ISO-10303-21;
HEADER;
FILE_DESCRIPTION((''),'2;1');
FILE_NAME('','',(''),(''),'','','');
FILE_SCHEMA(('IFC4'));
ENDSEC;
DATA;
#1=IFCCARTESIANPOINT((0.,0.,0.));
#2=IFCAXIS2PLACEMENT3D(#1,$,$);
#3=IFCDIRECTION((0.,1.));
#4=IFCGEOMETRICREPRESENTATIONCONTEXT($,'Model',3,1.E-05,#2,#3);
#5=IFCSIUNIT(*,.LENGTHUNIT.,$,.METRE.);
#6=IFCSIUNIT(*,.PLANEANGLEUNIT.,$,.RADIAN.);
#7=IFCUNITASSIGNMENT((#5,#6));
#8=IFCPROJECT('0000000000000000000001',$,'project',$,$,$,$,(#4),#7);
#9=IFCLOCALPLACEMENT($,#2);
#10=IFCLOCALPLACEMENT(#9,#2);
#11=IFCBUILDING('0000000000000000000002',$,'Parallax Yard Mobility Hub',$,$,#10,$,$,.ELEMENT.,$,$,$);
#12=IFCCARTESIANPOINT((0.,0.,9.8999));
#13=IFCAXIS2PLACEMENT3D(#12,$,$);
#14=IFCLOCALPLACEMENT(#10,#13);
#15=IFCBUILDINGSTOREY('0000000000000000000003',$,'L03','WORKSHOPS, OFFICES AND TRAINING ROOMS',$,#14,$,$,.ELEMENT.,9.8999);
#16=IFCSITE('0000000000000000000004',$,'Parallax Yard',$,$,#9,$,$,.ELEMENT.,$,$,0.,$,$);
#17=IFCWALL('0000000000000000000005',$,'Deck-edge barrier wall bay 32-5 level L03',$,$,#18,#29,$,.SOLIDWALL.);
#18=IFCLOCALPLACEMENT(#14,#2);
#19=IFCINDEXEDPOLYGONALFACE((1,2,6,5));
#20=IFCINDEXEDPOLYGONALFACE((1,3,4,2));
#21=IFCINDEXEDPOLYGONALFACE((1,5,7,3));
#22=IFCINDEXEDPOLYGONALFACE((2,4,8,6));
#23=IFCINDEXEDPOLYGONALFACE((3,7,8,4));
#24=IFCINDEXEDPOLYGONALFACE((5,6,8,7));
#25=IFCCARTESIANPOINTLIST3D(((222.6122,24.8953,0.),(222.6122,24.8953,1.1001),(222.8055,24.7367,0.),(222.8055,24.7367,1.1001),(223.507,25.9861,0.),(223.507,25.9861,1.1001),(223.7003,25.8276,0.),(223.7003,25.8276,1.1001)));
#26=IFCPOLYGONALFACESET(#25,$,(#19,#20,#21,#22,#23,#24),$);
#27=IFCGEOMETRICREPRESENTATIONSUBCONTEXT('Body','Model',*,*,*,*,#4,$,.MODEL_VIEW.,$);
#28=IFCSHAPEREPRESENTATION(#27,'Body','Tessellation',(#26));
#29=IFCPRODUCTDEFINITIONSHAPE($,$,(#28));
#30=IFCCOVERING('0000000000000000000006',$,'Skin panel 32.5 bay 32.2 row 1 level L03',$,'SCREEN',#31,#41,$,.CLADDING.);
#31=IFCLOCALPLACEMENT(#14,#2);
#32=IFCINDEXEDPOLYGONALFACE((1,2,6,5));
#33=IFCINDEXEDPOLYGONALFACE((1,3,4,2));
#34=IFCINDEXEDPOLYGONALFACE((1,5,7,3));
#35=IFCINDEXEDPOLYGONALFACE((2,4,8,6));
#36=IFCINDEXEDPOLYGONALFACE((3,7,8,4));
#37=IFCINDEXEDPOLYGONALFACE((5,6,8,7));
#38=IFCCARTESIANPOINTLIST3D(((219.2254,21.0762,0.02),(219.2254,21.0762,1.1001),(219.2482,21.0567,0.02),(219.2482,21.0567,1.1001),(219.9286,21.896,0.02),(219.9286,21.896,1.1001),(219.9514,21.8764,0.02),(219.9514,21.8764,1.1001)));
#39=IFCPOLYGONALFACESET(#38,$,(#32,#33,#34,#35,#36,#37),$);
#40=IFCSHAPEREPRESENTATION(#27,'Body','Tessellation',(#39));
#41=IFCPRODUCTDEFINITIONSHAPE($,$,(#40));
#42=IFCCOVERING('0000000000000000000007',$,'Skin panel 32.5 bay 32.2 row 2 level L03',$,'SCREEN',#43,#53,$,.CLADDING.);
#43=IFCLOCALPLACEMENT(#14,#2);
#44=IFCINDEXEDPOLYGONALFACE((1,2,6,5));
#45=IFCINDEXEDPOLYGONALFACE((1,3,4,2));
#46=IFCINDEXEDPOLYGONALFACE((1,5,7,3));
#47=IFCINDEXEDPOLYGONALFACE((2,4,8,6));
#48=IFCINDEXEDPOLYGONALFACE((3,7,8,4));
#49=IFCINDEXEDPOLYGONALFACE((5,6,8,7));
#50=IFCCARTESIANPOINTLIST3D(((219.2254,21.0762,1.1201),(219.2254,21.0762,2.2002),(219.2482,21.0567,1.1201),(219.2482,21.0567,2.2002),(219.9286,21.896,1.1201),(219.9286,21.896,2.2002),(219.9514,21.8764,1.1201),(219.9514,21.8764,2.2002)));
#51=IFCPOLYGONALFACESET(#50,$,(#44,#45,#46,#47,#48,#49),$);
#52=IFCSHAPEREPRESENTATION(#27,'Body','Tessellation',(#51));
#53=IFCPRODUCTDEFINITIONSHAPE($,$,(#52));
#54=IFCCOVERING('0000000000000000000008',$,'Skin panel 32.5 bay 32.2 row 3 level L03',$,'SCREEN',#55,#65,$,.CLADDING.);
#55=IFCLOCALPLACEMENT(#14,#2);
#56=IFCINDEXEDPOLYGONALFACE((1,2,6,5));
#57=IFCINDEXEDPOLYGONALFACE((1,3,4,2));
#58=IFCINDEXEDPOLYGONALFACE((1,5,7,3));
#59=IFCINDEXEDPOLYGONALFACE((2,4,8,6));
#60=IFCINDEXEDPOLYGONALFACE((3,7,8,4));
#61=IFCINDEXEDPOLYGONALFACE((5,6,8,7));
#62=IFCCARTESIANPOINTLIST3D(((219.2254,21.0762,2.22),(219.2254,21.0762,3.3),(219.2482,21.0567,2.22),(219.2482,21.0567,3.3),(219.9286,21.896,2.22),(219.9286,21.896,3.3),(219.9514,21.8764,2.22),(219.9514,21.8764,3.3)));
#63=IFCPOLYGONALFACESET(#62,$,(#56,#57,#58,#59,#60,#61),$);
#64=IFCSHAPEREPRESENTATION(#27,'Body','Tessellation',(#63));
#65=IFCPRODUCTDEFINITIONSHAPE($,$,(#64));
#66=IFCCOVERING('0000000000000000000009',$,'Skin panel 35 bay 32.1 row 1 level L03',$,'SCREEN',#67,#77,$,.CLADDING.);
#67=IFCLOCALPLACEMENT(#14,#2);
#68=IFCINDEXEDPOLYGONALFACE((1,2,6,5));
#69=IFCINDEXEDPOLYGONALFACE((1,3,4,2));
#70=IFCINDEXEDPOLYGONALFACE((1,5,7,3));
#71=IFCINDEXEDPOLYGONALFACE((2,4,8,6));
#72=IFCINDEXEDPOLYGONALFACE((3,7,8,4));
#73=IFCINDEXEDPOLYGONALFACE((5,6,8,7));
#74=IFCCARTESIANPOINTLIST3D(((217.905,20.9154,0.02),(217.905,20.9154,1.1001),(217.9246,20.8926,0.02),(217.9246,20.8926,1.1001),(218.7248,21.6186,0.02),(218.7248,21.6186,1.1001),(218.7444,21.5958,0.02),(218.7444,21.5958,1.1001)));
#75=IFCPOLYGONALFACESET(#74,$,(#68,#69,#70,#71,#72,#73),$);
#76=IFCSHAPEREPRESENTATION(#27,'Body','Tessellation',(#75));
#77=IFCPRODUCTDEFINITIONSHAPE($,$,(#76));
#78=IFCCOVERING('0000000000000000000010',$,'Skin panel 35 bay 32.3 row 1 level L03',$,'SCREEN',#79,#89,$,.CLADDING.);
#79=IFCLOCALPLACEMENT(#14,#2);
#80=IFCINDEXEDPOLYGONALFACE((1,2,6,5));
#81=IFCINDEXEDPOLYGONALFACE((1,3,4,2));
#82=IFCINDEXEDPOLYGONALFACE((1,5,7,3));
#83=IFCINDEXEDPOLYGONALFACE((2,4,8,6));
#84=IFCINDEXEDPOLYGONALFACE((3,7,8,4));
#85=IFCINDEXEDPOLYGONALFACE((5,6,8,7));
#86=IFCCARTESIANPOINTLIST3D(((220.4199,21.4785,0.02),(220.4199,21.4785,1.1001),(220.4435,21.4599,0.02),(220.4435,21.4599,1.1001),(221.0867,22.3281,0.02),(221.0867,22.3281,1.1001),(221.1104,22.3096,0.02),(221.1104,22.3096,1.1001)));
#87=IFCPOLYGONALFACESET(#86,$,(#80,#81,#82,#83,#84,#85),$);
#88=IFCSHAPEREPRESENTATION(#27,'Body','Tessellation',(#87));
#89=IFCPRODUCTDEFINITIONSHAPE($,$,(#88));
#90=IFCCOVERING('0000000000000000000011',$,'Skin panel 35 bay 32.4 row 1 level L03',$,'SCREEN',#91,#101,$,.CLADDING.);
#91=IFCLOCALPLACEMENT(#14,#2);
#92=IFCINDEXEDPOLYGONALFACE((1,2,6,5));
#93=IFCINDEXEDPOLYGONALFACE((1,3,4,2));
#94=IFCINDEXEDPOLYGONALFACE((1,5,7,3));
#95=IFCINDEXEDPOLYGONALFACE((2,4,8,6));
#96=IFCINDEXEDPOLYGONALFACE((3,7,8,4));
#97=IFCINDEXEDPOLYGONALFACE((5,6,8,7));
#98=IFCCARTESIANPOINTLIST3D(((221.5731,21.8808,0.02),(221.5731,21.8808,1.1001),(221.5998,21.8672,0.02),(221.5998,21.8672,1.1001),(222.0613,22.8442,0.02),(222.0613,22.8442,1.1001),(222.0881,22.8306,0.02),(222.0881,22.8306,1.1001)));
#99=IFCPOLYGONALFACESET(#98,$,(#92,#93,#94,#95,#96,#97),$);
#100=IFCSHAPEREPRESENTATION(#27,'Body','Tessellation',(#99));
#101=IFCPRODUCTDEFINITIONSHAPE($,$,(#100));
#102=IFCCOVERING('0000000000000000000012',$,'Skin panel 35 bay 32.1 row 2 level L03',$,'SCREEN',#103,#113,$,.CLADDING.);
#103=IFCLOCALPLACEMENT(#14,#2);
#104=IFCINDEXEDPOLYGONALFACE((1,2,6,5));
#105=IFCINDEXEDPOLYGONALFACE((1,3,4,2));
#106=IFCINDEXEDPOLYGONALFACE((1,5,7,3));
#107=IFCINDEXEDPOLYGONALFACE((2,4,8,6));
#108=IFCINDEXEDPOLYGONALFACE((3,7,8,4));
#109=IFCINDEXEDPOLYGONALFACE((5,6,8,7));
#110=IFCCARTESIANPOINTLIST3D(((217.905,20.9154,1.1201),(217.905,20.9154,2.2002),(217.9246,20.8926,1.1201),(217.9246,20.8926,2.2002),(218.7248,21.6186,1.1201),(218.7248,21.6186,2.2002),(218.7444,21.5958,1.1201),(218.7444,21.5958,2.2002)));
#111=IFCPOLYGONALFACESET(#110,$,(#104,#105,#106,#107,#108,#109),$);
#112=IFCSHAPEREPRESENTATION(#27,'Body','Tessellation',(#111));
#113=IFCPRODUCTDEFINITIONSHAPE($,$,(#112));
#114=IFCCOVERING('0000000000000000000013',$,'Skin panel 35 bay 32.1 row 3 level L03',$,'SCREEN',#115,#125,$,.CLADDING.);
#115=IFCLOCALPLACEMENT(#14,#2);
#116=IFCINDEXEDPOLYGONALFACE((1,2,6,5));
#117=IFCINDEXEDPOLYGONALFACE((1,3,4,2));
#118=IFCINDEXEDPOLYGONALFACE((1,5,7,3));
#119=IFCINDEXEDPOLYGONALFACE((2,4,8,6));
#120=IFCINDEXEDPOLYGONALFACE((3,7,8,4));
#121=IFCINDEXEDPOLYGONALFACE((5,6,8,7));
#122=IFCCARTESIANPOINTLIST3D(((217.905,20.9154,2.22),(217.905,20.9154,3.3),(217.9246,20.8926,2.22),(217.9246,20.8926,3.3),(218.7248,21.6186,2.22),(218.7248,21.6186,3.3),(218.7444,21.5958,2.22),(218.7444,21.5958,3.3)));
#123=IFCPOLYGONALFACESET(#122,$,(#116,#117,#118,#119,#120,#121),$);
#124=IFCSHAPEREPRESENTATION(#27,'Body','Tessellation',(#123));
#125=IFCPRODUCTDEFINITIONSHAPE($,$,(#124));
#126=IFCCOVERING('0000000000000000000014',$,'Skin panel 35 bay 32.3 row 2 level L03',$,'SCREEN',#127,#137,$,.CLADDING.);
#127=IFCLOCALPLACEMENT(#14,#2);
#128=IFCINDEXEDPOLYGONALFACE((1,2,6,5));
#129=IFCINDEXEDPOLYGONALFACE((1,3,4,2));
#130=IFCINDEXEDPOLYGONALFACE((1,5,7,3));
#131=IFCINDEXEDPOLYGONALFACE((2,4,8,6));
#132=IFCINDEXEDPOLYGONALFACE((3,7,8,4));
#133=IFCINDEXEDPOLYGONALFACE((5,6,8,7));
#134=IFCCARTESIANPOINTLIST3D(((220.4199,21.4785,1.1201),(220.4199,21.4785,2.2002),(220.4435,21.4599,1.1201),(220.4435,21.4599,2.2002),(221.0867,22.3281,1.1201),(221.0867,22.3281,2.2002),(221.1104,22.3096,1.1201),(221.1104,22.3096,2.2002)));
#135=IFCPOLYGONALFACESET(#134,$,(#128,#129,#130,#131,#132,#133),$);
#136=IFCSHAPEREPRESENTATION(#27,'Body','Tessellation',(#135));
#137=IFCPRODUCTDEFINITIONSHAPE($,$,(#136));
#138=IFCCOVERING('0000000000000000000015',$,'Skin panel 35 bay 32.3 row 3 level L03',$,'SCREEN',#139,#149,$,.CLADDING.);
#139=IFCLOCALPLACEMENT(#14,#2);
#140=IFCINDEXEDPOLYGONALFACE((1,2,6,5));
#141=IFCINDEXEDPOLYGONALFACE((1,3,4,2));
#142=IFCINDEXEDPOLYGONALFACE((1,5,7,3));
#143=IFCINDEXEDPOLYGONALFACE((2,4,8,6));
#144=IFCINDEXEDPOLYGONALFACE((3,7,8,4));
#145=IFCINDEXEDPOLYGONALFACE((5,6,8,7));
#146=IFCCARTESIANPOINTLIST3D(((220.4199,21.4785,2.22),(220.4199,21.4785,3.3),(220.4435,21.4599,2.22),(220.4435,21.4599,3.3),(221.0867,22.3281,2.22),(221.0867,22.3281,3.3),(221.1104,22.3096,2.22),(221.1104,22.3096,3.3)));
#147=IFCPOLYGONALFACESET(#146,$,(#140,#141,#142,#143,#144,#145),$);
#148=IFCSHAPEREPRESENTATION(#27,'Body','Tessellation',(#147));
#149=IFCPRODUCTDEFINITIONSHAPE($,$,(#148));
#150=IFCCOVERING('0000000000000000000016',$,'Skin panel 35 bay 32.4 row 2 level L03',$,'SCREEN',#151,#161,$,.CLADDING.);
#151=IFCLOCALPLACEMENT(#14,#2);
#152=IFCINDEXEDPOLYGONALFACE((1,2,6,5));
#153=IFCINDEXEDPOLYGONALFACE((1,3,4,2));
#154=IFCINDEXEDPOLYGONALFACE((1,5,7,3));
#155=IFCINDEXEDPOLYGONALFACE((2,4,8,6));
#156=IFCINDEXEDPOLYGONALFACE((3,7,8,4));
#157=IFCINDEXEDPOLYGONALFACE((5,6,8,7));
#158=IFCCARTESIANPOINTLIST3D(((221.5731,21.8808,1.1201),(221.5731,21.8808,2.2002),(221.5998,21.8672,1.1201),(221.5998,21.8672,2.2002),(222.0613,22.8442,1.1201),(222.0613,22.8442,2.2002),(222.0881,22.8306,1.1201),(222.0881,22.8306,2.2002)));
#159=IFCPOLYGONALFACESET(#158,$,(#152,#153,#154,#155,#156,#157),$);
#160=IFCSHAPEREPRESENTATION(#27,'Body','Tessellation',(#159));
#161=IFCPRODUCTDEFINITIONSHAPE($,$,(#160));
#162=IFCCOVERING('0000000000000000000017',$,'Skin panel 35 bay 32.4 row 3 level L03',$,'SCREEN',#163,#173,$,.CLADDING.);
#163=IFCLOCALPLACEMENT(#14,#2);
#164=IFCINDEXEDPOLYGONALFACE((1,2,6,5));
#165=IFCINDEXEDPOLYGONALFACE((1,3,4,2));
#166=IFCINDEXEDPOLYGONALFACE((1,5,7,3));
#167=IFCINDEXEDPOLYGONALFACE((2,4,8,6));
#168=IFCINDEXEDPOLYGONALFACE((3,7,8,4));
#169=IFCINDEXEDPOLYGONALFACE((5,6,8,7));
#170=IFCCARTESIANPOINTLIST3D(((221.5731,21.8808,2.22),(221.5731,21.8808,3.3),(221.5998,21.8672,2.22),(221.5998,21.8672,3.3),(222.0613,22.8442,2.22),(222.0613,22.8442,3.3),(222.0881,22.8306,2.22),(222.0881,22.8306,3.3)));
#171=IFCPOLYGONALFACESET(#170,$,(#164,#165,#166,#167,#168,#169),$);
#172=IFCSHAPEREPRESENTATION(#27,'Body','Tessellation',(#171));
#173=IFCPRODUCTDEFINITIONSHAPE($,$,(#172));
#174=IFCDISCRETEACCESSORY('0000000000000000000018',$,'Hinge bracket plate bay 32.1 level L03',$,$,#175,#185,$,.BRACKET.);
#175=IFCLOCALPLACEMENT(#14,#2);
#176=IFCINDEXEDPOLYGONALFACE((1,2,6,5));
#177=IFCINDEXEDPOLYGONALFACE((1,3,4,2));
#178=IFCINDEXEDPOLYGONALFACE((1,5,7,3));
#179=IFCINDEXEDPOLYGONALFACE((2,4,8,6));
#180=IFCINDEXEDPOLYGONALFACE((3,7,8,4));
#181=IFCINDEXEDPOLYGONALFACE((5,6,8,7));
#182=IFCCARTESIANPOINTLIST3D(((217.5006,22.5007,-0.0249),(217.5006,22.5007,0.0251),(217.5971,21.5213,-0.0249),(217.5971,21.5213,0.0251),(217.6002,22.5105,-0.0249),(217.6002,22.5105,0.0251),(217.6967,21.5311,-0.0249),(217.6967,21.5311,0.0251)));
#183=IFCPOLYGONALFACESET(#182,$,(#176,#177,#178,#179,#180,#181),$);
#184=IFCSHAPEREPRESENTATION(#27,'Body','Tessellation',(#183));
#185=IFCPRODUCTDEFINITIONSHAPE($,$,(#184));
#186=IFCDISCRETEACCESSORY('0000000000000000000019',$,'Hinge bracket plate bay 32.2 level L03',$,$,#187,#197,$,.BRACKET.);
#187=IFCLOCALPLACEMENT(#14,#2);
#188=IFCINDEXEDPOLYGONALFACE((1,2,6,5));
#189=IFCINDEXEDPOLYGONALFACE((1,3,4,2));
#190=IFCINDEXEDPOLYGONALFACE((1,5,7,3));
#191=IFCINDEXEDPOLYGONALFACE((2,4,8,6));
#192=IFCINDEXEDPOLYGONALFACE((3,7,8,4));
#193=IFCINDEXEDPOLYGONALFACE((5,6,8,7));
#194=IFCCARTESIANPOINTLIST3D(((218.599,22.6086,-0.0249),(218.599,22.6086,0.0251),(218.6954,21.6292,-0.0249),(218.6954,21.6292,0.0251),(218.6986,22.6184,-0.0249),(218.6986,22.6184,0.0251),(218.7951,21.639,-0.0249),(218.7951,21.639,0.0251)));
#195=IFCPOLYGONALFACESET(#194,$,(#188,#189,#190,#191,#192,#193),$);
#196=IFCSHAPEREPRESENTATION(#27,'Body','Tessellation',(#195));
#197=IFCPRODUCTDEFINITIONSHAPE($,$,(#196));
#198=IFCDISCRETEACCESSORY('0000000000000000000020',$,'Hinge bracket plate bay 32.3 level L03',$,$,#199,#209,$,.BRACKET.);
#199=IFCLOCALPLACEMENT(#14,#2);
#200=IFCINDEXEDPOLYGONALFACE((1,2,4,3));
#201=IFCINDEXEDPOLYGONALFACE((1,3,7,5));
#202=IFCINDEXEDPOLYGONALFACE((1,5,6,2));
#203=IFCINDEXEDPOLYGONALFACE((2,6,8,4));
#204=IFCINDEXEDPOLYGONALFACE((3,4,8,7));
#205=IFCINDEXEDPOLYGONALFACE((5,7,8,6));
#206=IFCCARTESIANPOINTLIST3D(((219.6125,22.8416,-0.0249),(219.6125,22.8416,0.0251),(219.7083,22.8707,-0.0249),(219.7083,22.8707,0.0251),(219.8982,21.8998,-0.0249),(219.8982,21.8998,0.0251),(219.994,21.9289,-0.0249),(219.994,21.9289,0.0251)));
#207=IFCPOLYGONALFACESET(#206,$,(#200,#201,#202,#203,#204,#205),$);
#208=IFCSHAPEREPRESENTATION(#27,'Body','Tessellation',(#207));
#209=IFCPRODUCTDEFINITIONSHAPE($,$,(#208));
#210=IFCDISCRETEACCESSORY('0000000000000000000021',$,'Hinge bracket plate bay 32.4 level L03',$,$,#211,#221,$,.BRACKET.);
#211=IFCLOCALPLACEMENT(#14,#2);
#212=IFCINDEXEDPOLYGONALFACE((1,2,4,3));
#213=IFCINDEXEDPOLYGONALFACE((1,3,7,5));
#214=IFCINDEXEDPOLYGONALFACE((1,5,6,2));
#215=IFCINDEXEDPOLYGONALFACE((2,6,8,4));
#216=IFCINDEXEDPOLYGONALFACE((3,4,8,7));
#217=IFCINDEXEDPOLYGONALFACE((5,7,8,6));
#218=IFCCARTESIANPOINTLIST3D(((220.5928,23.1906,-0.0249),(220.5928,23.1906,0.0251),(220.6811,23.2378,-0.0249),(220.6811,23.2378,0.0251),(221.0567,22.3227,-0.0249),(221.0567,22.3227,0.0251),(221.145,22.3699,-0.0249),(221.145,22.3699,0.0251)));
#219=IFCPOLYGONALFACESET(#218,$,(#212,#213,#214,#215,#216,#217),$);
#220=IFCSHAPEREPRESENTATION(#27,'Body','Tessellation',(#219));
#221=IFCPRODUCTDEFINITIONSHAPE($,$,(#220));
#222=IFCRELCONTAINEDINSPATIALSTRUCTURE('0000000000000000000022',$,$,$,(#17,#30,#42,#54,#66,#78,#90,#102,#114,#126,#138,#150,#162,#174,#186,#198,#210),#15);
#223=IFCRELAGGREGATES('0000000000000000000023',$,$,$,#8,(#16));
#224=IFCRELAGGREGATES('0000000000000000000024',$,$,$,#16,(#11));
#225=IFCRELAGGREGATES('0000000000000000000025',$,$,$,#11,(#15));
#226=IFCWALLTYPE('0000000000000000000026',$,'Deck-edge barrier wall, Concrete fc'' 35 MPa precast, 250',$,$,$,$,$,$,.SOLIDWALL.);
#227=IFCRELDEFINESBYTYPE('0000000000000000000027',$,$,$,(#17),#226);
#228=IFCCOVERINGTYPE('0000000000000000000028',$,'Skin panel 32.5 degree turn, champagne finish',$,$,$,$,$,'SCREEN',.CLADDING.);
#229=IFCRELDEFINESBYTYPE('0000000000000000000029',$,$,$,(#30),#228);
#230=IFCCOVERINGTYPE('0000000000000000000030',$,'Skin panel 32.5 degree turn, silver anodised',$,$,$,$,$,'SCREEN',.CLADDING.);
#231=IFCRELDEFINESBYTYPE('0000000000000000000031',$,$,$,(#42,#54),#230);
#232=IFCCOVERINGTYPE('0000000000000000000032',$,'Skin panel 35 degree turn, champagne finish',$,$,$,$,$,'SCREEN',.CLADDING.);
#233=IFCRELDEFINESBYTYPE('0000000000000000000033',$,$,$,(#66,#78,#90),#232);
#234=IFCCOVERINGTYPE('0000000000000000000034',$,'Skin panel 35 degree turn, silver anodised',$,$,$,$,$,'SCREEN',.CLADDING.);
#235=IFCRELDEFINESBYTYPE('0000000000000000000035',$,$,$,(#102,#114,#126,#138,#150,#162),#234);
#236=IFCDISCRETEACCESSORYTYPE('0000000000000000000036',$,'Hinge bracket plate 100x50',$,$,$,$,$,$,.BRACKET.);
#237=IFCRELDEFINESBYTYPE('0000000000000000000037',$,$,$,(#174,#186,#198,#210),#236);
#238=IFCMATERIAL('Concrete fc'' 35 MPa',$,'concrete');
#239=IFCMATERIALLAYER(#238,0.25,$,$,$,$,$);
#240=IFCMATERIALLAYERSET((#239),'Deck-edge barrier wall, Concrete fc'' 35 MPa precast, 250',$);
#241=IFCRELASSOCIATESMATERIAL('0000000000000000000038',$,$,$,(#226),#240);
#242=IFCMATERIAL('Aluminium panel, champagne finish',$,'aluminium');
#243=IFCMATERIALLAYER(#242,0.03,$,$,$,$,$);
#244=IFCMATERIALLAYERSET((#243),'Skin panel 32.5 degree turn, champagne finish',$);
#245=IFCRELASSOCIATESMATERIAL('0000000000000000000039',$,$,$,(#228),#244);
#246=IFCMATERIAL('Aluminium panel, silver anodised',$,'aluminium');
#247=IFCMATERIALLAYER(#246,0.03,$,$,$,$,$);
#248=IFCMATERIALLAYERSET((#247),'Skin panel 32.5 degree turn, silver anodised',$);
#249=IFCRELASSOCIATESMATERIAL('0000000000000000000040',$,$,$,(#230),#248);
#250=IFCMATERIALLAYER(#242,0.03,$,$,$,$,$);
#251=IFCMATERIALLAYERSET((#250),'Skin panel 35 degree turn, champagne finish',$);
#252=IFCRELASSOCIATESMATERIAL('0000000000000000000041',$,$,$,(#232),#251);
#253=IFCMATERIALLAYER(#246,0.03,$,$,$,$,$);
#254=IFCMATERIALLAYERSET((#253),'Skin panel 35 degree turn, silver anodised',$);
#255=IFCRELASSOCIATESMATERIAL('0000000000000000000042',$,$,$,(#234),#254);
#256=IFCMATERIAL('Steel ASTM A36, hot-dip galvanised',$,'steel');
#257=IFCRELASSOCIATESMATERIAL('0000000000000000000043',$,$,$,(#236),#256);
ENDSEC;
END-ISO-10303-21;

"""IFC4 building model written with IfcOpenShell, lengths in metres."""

from ifc_helpers import new_model, si_unit, direction, frame, frame_2d, origin, origin_2d, place, context, subcontext, project, spatial, rectangle, extrude, material, layer, layer_set, type_object, element, save


model = new_model("IFC4")

# Units and contexts
model_context = context("Model", 3, precision=1e-05, world=origin(), true_north=direction((0.0, 1.0)))
body_context = subcontext(model_context, "Body", "Model", "MODEL_VIEW")
ifc_project = project(units=[si_unit("LENGTHUNIT", "METRE"), si_unit("PLANEANGLEUNIT", "RADIAN")], contexts=[model_context])

# Site, building, storey
site_placement = place(None, origin())
site = spatial("IfcSite", under=ifc_project, at=site_placement, Name="Parallax Yard", CompositionType="ELEMENT", RefElevation=0.0)
building_placement = place(site_placement, origin())
building = spatial("IfcBuilding", under=site, at=building_placement, Name="Parallax Yard Mobility Hub", CompositionType="ELEMENT")
storey_placement = place(building_placement, frame((0.0, 0.0, 9.8999)))
storey = spatial("IfcBuildingStorey", under=building, at=storey_placement, Name="L03", Description="WORKSHOPS, OFFICES AND TRAINING ROOMS", CompositionType="ELEMENT", Elevation=9.8999)

# Wall
ifc_material_1 = material(Name="Concrete fc' 35 MPa", Category="concrete")
ifc_layer_1 = layer(ifc_material_1, 0.25)
ifc_layer_set_1 = layer_set([ifc_layer_1], Name="Deck-edge barrier wall, Concrete fc' 35 MPa precast, 250")
wall_type = type_object("IfcWallType", Name="Deck-edge barrier wall, Concrete fc' 35 MPa precast, 250", PredefinedType="SOLIDWALL", material=ifc_layer_set_1)
for number, where, z_axis, x_axis, name in (
    (1, (222.7087, 24.8159, 0.0), (0.0, 0.0, 1.0), (0.634208, 0.773163, 0.0), "Deck-edge barrier wall bay 32-5 level L03"),
):
    element("IfcWall", number, at=place(storey_placement, frame(where, z_axis=z_axis, x_axis=x_axis)), inside=storey, type_object=wall_type, Name=name, PredefinedType="SOLIDWALL", context=body_context, shape_type="SweptSolid", body=[
        extrude(rectangle(XDim=1.4109, YDim=0.25, at=frame_2d((0.7056, 0.0))), origin(), (0.0, 0.0, 1.0), 1.1001),
    ])

# Coverings
ifc_material_2 = material(Name="Aluminium panel, champagne finish", Category="aluminium")
ifc_layer_2 = layer(ifc_material_2, 0.03)
ifc_layer_set_2 = layer_set([ifc_layer_2], Name="Skin panel 32.5 degree turn, champagne finish")
covering_type_1 = type_object("IfcCoveringType", Name="Skin panel 32.5 degree turn, champagne finish", ElementType="SCREEN", PredefinedType="CLADDING", material=ifc_layer_set_2)
covering_placement = place(storey_placement, frame((219.5884, 21.4763, 0.02), z_axis=(0.0, 0.0, 1.0), x_axis=(-0.651105, -0.758987, 0.0)))
element("IfcCovering", 2, at=covering_placement, inside=storey, type_object=covering_type_1, Name="Skin panel 32.5 bay 32.2 row 1 level L03", ObjectType="SCREEN", PredefinedType="CLADDING", context=body_context, shape_type="SweptSolid", body=[
    extrude(rectangle(XDim=1.0801, YDim=0.03, at=origin_2d()), origin(), (0.0, 0.0, 1.0), 1.0801),
])
ifc_material_3 = material(Name="Aluminium panel, silver anodised", Category="aluminium")
ifc_layer_3 = layer(ifc_material_3, 0.03)
ifc_layer_set_3 = layer_set([ifc_layer_3], Name="Skin panel 32.5 degree turn, silver anodised")
covering_type_2 = type_object("IfcCoveringType", Name="Skin panel 32.5 degree turn, silver anodised", ElementType="SCREEN", PredefinedType="CLADDING", material=ifc_layer_set_3)
for number, where, z_axis, x_axis, name in (
    (3, (219.5884, 21.4763, 1.1201), (0.0, 0.0, 1.0), (-0.651105, -0.758987, 0.0), "Skin panel 32.5 bay 32.2 row 2 level L03"),
    (4, (219.5884, 21.4763, 2.22), (0.0, 0.0, 1.0), (-0.651105, -0.758987, 0.0), "Skin panel 32.5 bay 32.2 row 3 level L03"),
):
    element("IfcCovering", number, at=place(storey_placement, frame(where, z_axis=z_axis, x_axis=x_axis)), inside=storey, type_object=covering_type_2, Name=name, ObjectType="SCREEN", PredefinedType="CLADDING", context=body_context, shape_type="SweptSolid", body=[
        extrude(rectangle(XDim=1.0801, YDim=0.03, at=origin_2d()), origin(), (0.0, 0.0, 1.0), 1.0801),
    ])
ifc_layer_4 = layer(ifc_material_2, 0.03)
ifc_layer_set_4 = layer_set([ifc_layer_4], Name="Skin panel 35 degree turn, champagne finish")
covering_type_3 = type_object("IfcCoveringType", Name="Skin panel 35 degree turn, champagne finish", ElementType="SCREEN", PredefinedType="CLADDING", material=ifc_layer_set_4)
for number, where, z_axis, x_axis, name in (
    (5, (218.3247, 21.2556, 0.02), (0.0, 0.0, 1.0), (-0.758987, -0.651105, 0.0), "Skin panel 35 bay 32.1 row 1 level L03"),
    (6, (220.7651, 21.894, 0.02), (0.0, 0.0, 1.0), (-0.617379, -0.786666, 0.0), "Skin panel 35 bay 32.3 row 1 level L03"),
    (7, (221.8306, 22.3557, 0.02), (0.0, 0.0, 1.0), (-0.452046, -0.891995, 0.0), "Skin panel 35 bay 32.4 row 1 level L03"),
):
    element("IfcCovering", number, at=place(storey_placement, frame(where, z_axis=z_axis, x_axis=x_axis)), inside=storey, type_object=covering_type_3, Name=name, ObjectType="SCREEN", PredefinedType="CLADDING", context=body_context, shape_type="SweptSolid", body=[
        extrude(rectangle(XDim=1.0801, YDim=0.03, at=origin_2d()), origin(), (0.0, 0.0, 1.0), 1.0801),
    ])
ifc_layer_5 = layer(ifc_material_3, 0.03)
ifc_layer_set_5 = layer_set([ifc_layer_5], Name="Skin panel 35 degree turn, silver anodised")
covering_type_4 = type_object("IfcCoveringType", Name="Skin panel 35 degree turn, silver anodised", ElementType="SCREEN", PredefinedType="CLADDING", material=ifc_layer_set_5)
for number, where, z_axis, x_axis, name in (
    (8, (218.3247, 21.2556, 1.1201), (0.0, 0.0, 1.0), (-0.758987, -0.651105, 0.0), "Skin panel 35 bay 32.1 row 2 level L03"),
    (9, (218.3247, 21.2556, 2.22), (0.0, 0.0, 1.0), (-0.758987, -0.651105, 0.0), "Skin panel 35 bay 32.1 row 3 level L03"),
    (10, (220.7651, 21.894, 1.1201), (0.0, 0.0, 1.0), (-0.617379, -0.786666, 0.0), "Skin panel 35 bay 32.3 row 2 level L03"),
    (11, (220.7651, 21.894, 2.22), (0.0, 0.0, 1.0), (-0.617379, -0.786666, 0.0), "Skin panel 35 bay 32.3 row 3 level L03"),
    (12, (221.8306, 22.3557, 1.1201), (0.0, 0.0, 1.0), (-0.452046, -0.891995, 0.0), "Skin panel 35 bay 32.4 row 2 level L03"),
    (13, (221.8306, 22.3557, 2.22), (0.0, 0.0, 1.0), (-0.452046, -0.891995, 0.0), "Skin panel 35 bay 32.4 row 3 level L03"),
):
    element("IfcCovering", number, at=place(storey_placement, frame(where, z_axis=z_axis, x_axis=x_axis)), inside=storey, type_object=covering_type_4, Name=name, ObjectType="SCREEN", PredefinedType="CLADDING", context=body_context, shape_type="SweptSolid", body=[
        extrude(rectangle(XDim=1.0801, YDim=0.03, at=origin_2d()), origin(), (0.0, 0.0, 1.0), 1.0801),
    ])

# Discrete accessories
ifc_material_4 = material(Name="Steel ASTM A36, hot-dip galvanised", Category="steel")
discrete_accessory_type_1 = type_object("IfcDiscreteAccessoryType", Name="Hinge bracket plate 100x50", PredefinedType="BRACKET", material=ifc_material_4)
for number, where, z_axis, x_axis, name in (
    (14, (217.5986, 22.0159, -0.0249), (0.0, 0.0, 1.0), (0.098017, -0.995185, 0.0), "Hinge bracket plate bay 32.1 level L03"),
    (15, (218.697, 22.1238, -0.0249), (0.0, 0.0, 1.0), (0.098017, -0.995185, 0.0), "Hinge bracket plate bay 32.2 level L03"),
    (16, (219.8032, 22.3853, -0.0249), (0.0, 0.0, 1.0), (0.290285, -0.95694, 0.0), "Hinge bracket plate bay 32.3 level L03"),
    (17, (220.8689, 22.7803, -0.0249), (0.0, 0.0, 1.0), (0.471397, -0.881921, 0.0), "Hinge bracket plate bay 32.4 level L03"),
):
    element("IfcDiscreteAccessory", number, at=place(storey_placement, frame(where, z_axis=z_axis, x_axis=x_axis)), inside=storey, type_object=discrete_accessory_type_1, Name=name, PredefinedType="BRACKET", context=body_context, shape_type="SweptSolid", body=[
        extrude(rectangle(XDim=0.9841, YDim=0.1001, at=origin_2d()), origin(), (0.0, 0.0, 1.0), 0.05),
    ])

save(model, "model.ifc")
